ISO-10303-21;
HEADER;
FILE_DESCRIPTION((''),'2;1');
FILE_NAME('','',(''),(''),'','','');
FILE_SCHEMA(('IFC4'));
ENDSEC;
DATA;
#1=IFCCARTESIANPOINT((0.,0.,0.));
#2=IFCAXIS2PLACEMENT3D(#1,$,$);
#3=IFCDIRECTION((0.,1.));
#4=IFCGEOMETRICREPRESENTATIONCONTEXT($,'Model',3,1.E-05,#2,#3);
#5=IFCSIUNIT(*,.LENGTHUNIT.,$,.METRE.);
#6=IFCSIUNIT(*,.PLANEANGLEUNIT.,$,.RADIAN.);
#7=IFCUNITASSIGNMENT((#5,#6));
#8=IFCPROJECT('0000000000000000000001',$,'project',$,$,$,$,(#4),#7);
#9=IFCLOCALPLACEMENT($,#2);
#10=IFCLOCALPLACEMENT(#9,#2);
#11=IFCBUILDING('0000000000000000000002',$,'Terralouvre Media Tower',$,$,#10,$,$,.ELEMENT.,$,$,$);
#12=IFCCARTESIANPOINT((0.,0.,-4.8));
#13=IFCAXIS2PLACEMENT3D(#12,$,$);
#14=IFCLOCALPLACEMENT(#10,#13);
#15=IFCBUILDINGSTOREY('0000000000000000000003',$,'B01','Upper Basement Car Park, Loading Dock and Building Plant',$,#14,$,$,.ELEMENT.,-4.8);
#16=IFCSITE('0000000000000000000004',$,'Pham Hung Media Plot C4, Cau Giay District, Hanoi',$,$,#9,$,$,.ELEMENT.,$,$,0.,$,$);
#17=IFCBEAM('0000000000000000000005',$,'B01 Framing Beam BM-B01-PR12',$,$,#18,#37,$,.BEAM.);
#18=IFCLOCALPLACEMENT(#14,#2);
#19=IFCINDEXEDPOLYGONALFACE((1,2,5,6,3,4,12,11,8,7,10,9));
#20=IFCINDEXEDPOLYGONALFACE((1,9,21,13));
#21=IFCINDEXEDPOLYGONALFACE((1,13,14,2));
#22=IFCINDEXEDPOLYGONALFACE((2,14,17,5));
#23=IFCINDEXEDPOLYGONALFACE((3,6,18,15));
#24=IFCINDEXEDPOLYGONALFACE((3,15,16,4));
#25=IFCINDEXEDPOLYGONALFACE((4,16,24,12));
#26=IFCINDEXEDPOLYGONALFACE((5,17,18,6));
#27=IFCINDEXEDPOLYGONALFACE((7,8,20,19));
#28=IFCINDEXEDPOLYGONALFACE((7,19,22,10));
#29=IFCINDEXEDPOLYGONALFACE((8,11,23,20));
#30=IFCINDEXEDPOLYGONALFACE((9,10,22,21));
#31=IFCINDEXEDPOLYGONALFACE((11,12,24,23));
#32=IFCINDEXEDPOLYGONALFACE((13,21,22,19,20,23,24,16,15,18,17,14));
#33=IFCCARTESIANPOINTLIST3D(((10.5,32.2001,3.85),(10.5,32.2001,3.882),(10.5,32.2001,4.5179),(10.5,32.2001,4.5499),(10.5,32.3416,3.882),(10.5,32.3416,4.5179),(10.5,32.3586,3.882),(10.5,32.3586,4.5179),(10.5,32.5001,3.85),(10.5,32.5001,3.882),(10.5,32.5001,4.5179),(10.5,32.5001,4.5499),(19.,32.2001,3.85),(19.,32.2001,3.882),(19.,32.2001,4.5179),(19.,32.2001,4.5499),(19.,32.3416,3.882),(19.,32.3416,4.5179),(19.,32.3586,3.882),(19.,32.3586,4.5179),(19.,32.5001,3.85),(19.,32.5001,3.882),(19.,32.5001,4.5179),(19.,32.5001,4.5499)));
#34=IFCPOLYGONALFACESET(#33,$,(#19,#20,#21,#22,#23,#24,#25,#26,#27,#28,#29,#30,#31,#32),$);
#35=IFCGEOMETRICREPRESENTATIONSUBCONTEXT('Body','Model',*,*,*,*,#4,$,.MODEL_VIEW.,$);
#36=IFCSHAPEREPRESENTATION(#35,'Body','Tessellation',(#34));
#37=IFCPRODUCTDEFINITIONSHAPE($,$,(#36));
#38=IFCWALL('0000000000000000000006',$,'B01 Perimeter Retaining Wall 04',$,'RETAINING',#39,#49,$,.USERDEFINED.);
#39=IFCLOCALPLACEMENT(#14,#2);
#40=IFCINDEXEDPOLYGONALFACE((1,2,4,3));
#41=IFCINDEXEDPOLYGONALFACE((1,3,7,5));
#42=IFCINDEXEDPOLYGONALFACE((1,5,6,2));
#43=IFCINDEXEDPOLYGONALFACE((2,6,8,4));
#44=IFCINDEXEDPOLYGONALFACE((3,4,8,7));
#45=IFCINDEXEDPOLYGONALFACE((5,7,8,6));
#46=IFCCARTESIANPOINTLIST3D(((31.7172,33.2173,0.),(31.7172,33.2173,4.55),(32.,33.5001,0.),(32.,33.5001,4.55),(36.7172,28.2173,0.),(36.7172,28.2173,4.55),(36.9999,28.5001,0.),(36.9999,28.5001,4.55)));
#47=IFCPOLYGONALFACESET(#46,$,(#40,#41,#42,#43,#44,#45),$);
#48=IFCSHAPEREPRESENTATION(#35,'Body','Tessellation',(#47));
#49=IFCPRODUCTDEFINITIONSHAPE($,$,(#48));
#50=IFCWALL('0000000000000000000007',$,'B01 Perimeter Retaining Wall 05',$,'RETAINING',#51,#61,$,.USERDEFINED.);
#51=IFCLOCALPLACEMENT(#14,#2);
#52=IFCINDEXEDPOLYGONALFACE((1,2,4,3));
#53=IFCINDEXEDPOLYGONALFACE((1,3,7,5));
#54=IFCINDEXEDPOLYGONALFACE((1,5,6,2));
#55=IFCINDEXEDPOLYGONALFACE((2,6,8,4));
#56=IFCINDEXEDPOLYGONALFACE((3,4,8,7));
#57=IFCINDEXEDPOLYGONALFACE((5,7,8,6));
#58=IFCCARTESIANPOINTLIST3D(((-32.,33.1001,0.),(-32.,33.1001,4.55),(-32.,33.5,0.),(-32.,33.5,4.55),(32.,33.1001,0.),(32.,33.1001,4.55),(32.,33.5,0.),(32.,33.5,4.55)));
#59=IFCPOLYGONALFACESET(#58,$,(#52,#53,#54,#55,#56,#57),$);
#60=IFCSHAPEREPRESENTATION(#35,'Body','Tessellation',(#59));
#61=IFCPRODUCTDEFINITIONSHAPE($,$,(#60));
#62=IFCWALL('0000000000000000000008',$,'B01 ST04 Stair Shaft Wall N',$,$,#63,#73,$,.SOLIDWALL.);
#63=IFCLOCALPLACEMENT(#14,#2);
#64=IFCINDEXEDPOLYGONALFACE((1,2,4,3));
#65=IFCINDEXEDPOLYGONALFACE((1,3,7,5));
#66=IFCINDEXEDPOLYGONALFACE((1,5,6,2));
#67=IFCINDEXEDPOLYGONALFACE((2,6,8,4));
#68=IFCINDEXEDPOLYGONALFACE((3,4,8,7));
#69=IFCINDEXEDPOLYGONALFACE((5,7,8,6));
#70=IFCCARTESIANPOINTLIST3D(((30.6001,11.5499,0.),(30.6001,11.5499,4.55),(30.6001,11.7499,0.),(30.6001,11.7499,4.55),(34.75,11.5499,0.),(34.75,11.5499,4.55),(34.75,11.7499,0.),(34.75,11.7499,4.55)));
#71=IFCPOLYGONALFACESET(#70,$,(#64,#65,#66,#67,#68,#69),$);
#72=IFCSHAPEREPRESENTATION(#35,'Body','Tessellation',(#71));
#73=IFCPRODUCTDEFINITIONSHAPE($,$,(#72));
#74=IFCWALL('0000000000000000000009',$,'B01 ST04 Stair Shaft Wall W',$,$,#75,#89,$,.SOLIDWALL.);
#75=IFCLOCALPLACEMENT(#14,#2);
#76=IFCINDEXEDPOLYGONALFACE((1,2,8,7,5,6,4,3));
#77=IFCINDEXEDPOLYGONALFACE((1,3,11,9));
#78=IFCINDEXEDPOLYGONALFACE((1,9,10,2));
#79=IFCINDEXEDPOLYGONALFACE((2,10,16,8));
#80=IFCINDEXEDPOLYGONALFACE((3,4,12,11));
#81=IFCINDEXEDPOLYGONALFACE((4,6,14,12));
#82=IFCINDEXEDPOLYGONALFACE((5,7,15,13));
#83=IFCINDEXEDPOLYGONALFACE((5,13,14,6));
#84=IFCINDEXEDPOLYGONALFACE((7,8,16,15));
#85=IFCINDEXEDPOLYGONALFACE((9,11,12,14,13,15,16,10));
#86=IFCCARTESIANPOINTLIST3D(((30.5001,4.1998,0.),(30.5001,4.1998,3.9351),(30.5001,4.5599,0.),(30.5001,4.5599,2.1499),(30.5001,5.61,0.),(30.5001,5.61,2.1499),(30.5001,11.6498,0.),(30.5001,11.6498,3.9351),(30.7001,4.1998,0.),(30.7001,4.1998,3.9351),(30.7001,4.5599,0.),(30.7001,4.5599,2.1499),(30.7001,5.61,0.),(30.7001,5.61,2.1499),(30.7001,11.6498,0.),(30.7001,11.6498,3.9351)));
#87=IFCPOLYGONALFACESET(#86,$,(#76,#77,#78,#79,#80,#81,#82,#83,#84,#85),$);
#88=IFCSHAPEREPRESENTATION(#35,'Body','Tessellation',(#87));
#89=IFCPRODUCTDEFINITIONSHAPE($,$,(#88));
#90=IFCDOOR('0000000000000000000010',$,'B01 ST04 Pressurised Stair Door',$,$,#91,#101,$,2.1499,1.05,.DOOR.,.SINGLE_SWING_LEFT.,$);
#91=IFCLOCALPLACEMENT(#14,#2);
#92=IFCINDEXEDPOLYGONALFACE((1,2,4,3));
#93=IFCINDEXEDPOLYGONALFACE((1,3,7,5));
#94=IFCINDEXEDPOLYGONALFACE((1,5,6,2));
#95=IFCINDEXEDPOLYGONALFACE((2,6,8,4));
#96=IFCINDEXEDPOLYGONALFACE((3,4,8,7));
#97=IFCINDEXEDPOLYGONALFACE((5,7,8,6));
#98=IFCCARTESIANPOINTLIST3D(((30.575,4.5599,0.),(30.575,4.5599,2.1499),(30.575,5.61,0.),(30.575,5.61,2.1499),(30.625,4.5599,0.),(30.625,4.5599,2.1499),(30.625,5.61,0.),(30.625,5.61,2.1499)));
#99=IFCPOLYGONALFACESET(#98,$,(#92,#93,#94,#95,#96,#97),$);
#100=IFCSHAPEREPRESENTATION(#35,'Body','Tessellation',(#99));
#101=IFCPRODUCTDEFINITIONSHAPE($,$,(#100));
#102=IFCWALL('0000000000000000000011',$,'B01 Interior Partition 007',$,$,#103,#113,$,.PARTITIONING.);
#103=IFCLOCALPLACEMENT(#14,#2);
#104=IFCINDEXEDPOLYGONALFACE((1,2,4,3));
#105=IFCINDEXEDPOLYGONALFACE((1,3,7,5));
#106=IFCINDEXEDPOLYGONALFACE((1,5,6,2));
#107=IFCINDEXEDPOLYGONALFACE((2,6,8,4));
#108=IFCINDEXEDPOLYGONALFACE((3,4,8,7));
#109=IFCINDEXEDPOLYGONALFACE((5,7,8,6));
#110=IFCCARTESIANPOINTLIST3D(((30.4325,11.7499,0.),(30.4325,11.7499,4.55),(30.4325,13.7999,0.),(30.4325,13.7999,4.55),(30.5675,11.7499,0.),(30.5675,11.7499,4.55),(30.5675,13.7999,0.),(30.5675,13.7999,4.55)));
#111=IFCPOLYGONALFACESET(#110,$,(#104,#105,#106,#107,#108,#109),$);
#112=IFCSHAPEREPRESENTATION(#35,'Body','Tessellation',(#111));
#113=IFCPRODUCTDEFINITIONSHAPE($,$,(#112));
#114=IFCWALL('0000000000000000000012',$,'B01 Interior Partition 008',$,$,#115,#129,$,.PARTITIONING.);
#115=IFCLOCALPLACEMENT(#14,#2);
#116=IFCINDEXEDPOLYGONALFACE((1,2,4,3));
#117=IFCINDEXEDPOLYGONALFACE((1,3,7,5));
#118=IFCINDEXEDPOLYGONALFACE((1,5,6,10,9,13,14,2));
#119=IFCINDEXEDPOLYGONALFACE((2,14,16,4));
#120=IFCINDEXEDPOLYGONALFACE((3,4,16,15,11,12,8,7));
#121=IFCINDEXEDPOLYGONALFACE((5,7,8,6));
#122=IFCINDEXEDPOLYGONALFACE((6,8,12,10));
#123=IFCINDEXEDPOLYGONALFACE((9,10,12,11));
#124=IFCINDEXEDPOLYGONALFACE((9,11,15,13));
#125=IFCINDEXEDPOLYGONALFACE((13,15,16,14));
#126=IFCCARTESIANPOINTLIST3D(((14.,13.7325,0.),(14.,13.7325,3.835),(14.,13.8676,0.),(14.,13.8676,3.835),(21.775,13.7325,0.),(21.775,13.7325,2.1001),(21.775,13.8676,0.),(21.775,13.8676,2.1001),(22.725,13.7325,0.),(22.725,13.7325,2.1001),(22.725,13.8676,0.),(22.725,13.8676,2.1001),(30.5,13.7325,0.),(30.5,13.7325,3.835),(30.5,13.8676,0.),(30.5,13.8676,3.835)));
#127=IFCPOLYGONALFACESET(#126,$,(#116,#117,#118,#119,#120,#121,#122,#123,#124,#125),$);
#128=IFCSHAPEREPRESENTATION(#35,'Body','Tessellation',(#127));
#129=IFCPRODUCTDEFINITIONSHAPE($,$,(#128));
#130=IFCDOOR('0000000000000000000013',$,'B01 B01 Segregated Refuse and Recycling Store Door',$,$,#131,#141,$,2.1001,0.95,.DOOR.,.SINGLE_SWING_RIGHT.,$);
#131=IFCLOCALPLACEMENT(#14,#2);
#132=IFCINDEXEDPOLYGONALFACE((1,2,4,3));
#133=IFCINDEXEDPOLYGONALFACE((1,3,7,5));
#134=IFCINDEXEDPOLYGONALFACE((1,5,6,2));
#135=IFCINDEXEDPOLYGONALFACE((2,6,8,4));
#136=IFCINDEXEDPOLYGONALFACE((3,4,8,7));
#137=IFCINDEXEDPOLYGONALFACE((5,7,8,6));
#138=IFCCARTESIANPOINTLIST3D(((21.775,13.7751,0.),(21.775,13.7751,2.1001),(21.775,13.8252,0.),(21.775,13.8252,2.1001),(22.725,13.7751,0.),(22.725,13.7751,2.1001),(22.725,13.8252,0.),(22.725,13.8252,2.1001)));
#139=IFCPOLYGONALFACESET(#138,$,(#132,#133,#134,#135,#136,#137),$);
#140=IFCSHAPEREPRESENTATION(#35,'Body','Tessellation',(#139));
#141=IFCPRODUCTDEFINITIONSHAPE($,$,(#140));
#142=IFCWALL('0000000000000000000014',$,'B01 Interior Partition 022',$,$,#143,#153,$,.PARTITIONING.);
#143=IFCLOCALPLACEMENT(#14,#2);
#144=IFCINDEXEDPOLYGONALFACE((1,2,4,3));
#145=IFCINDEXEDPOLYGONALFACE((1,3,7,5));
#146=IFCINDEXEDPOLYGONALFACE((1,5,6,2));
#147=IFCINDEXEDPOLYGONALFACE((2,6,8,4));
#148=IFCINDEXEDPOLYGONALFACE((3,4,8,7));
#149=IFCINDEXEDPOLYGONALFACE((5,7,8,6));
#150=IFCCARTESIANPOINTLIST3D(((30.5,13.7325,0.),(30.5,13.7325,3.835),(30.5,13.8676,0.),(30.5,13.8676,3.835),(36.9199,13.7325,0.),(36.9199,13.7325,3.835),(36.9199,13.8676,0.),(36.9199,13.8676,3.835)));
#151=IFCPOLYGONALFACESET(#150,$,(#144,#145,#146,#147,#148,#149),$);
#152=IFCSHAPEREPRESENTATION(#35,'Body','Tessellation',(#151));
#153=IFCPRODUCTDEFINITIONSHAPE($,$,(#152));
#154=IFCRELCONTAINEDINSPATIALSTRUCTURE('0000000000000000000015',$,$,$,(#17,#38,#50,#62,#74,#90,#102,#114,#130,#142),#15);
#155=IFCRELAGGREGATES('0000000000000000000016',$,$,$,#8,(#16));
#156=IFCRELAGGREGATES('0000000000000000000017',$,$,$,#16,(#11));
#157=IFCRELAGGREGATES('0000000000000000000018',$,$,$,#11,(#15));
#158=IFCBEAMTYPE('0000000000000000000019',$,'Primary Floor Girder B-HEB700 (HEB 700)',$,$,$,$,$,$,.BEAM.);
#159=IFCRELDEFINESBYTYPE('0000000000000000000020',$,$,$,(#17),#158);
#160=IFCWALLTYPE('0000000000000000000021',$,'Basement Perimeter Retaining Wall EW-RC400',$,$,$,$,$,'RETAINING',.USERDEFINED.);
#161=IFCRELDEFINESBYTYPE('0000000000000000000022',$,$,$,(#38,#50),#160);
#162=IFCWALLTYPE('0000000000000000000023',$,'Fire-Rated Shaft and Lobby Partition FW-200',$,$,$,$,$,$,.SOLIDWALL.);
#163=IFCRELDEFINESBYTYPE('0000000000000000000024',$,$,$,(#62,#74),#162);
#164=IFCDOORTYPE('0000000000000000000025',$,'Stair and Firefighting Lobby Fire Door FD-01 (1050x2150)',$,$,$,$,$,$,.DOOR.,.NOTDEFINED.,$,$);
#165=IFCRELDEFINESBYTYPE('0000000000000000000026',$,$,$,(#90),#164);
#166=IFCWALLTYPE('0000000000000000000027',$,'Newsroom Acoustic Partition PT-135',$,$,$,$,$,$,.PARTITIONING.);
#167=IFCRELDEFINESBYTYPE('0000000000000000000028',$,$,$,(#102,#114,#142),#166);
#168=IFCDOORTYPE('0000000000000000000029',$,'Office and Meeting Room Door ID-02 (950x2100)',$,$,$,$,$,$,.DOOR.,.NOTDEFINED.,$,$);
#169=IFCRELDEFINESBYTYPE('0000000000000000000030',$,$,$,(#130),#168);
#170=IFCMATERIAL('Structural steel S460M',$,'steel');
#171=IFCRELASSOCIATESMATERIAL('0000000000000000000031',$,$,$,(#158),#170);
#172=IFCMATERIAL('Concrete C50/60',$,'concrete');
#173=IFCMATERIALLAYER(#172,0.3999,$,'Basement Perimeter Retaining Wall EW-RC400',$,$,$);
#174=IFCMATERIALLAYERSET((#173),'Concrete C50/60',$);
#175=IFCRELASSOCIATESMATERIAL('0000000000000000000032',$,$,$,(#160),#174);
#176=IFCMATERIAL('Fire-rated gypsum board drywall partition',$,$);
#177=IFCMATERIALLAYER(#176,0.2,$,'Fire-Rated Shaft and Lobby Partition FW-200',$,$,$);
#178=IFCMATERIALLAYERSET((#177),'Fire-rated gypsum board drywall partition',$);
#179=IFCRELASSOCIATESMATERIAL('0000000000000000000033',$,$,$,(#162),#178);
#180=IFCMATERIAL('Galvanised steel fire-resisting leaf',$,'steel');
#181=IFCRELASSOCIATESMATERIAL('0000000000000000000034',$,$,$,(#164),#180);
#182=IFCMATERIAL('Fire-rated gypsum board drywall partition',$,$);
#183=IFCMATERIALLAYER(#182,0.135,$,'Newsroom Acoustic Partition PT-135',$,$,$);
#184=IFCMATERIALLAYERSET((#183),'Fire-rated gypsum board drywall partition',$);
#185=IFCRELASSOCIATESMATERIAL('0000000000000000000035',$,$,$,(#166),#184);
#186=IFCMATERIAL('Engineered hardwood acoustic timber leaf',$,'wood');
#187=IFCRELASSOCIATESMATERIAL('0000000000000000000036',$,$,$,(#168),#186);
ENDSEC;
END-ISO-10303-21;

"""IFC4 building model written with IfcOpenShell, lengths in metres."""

from ifc_helpers import new_model, si_unit, direction, frame, frame_2d, origin, origin_2d, place, context, subcontext, project, spatial, rectangle, i_section, extrude, material, layer, layer_set, material_profile, profile_set, type_object, element, fill, save


model = new_model("IFC4")

# Units and contexts
model_context = context("Model", 3, precision=1e-05, world=origin(), true_north=direction((0.0, 1.0)))
body_context = subcontext(model_context, "Body", "Model", "MODEL_VIEW")
ifc_project = project(units=[si_unit("LENGTHUNIT", "METRE"), si_unit("PLANEANGLEUNIT", "RADIAN")], contexts=[model_context])

# Site, building, storey
site_placement = place(None, origin())
site = spatial("IfcSite", under=ifc_project, at=site_placement, Name="Pham Hung Media Plot C4, Cau Giay District, Hanoi", CompositionType="ELEMENT", RefElevation=0.0)
building_placement = place(site_placement, origin())
building = spatial("IfcBuilding", under=site, at=building_placement, Name="Terralouvre Media Tower", CompositionType="ELEMENT")
storey_placement = place(building_placement, frame((0.0, 0.0, -4.8)))
storey = spatial("IfcBuildingStorey", under=building, at=storey_placement, Name="B01", Description="Upper Basement Car Park, Loading Dock and Building Plant", CompositionType="ELEMENT", Elevation=-4.8)

# Beam
ifc_material_1 = material(Name="Structural steel S460M", Category="steel")
ifc_material_profile_1 = material_profile(ifc_material_1, i_section(OverallWidth=0.3, OverallDepth=0.7, WebThickness=0.0171, FlangeThickness=0.032, at=origin_2d()), Name="HEB 700")
ifc_profile_set_1 = profile_set([ifc_material_profile_1], Name="Structural steel S460M")
beam_type_1 = type_object("IfcBeamType", Name="Primary Floor Girder B-HEB700 (HEB 700)", PredefinedType="BEAM", material=ifc_profile_set_1)
beam_1_placement = place(storey_placement, frame((19.0, 32.3501, 4.2), z_axis=(-1.0, 0.0, 0.0), x_axis=(0.0, -1.0, 0.0)))
element("IfcBeam", 1, at=beam_1_placement, inside=storey, type_object=beam_type_1, Name="B01 Framing Beam BM-B01-PR12", PredefinedType="BEAM", context=body_context, shape_type="SweptSolid", body=[
    extrude(i_section(OverallWidth=0.3, OverallDepth=0.7, WebThickness=0.0171, FlangeThickness=0.032, at=origin_2d()), origin(), (0.0, 0.0, 1.0), 8.5),
])

# Walls
ifc_material_2 = material(Name="Concrete C50/60", Category="concrete")
ifc_layer_1 = layer(ifc_material_2, 0.3999, Name="Basement Perimeter Retaining Wall EW-RC400")
ifc_layer_set_1 = layer_set([ifc_layer_1], Name="Concrete C50/60")
wall_type_1 = type_object("IfcWallType", Name="Basement Perimeter Retaining Wall EW-RC400", ElementType="RETAINING", PredefinedType="USERDEFINED", material=ifc_layer_set_1)
wall_1_placement = place(storey_placement, frame((36.8586, 28.3586, 0.0), z_axis=(0.0, 0.0, 1.0), x_axis=(-0.707107, 0.707107, 0.0)))
element("IfcWall", 2, at=wall_1_placement, inside=storey, type_object=wall_type_1, Name="B01 Perimeter Retaining Wall 04", ObjectType="RETAINING", PredefinedType="USERDEFINED", context=body_context, shape_type="SweptSolid", body=[
    extrude(rectangle(XDim=7.071, YDim=0.3999, at=frame_2d((3.5356, 0.0))), origin(), (0.0, 0.0, 1.0), 4.55),
])
wall_2_placement = place(storey_placement, frame((32.0, 33.3, 0.0), z_axis=(0.0, 0.0, 1.0), x_axis=(-1.0, 0.0, 0.0)))
element("IfcWall", 3, at=wall_2_placement, inside=storey, type_object=wall_type_1, Name="B01 Perimeter Retaining Wall 05", ObjectType="RETAINING", PredefinedType="USERDEFINED", context=body_context, shape_type="SweptSolid", body=[
    extrude(rectangle(XDim=64.0, YDim=0.3999, at=frame_2d((32.0, 0.0))), origin(), (0.0, 0.0, 1.0), 4.55),
])
ifc_material_3 = material(Name="Fire-rated gypsum board drywall partition")
ifc_layer_2 = layer(ifc_material_3, 0.2, Name="Fire-Rated Shaft and Lobby Partition FW-200")
ifc_layer_set_2 = layer_set([ifc_layer_2], Name="Fire-rated gypsum board drywall partition")
wall_type_2 = type_object("IfcWallType", Name="Fire-Rated Shaft and Lobby Partition FW-200", PredefinedType="SOLIDWALL", material=ifc_layer_set_2)
wall_3_placement = place(storey_placement, frame((34.75, 11.6499, 0.0), z_axis=(0.0, 0.0, 1.0), x_axis=(-1.0, 0.0, 0.0)))
element("IfcWall", 4, at=wall_3_placement, inside=storey, type_object=wall_type_2, Name="B01 ST04 Stair Shaft Wall N", PredefinedType="SOLIDWALL", context=body_context, shape_type="SweptSolid", body=[
    extrude(rectangle(XDim=4.1499, YDim=0.2, at=frame_2d((2.075, 0.0))), origin(), (0.0, 0.0, 1.0), 4.55),
])

# Wall, opening, door
wall_4_placement = place(storey_placement, frame((30.6001, 11.6499, 0.0), z_axis=(0.0, 0.0, 1.0), x_axis=(0.0, -1.0, 0.0)))
wall_4 = element("IfcWall", 5, at=wall_4_placement, inside=storey, type_object=wall_type_2, Name="B01 ST04 Stair Shaft Wall W", PredefinedType="SOLIDWALL", context=body_context, shape_type="SweptSolid", body=[
    extrude(rectangle(XDim=7.45, YDim=0.2, at=frame_2d((3.7251, 0.0))), origin(), (0.0, 0.0, 1.0), 3.9351),
])
opening_1_placement = place(wall_4_placement, frame((6.04, 0.0, 0.0)))
opening_1 = element("IfcOpeningElement", 6, at=opening_1_placement, cuts=wall_4, PredefinedType="OPENING", context=body_context, shape_type="SweptSolid", body=[
    extrude(rectangle(XDim=1.05, YDim=2.1499, at=frame_2d((0.5249, 1.075))), frame((0.0, 0.1099, 0.0), z_axis=(0.0, -1.0, 0.0), x_axis=(1.0, 0.0, 0.0)), (0.0, 0.0, 1.0), 0.22),
])
ifc_material_4 = material(Name="Galvanised steel fire-resisting leaf", Category="steel")
door_type_1 = type_object("IfcDoorType", Name="Stair and Firefighting Lobby Fire Door FD-01 (1050x2150)", OperationType="NOTDEFINED", PredefinedType="DOOR", material=ifc_material_4)
door_1_placement = place(opening_1_placement, origin())
door_1 = element("IfcDoor", 7, at=door_1_placement, inside=storey, type_object=door_type_1, Name="B01 ST04 Pressurised Stair Door", OperationType="SINGLE_SWING_LEFT", OverallHeight=2.1499, OverallWidth=1.05, PredefinedType="DOOR", context=body_context, shape_type="SweptSolid", body=[
    extrude(rectangle(XDim=1.05, YDim=2.1499, at=frame_2d((0.5249, 1.075))), frame((0.0, 0.0249, 0.0), z_axis=(0.0, -1.0, 0.0), x_axis=(1.0, 0.0, 0.0)), (0.0, 0.0, 1.0), 0.05),
])
fill(opening_1, door_1)

# Wall
ifc_material_5 = material(Name="Fire-rated gypsum board drywall partition")
ifc_layer_3 = layer(ifc_material_5, 0.135, Name="Newsroom Acoustic Partition PT-135")
ifc_layer_set_3 = layer_set([ifc_layer_3], Name="Fire-rated gypsum board drywall partition")
wall_type_3 = type_object("IfcWallType", Name="Newsroom Acoustic Partition PT-135", PredefinedType="PARTITIONING", material=ifc_layer_set_3)
wall_5_placement = place(storey_placement, frame((30.5, 11.75, 0.0), z_axis=(0.0, 0.0, 1.0), x_axis=(0.0, 1.0, 0.0)))
element("IfcWall", 8, at=wall_5_placement, inside=storey, type_object=wall_type_3, Name="B01 Interior Partition 007", PredefinedType="PARTITIONING", context=body_context, shape_type="SweptSolid", body=[
    extrude(rectangle(XDim=2.05, YDim=0.135, at=frame_2d((1.0249, 0.0))), origin(), (0.0, 0.0, 1.0), 4.55),
])

# Wall, opening, door
wall_6_placement = place(storey_placement, frame((30.5, 13.8, 0.0), z_axis=(0.0, 0.0, 1.0), x_axis=(-1.0, 0.0, 0.0)))
wall_6 = element("IfcWall", 9, at=wall_6_placement, inside=storey, type_object=wall_type_3, Name="B01 Interior Partition 008", PredefinedType="PARTITIONING", context=body_context, shape_type="SweptSolid", body=[
    extrude(rectangle(XDim=16.5, YDim=0.135, at=frame_2d((8.25, 0.0))), origin(), (0.0, 0.0, 1.0), 3.835),
])
opening_2_placement = place(wall_6_placement, frame((7.7749, 0.0, 0.0)))
opening_2 = element("IfcOpeningElement", 10, at=opening_2_placement, cuts=wall_6, PredefinedType="OPENING", context=body_context, shape_type="SweptSolid", body=[
    extrude(rectangle(XDim=0.95, YDim=2.1001, at=frame_2d((0.4751, 1.05))), frame((0.0, 0.0774, 0.0), z_axis=(0.0, -1.0, 0.0), x_axis=(1.0, 0.0, 0.0)), (0.0, 0.0, 1.0), 0.155),
])
ifc_material_6 = material(Name="Engineered hardwood acoustic timber leaf", Category="wood")
door_type_2 = type_object("IfcDoorType", Name="Office and Meeting Room Door ID-02 (950x2100)", OperationType="NOTDEFINED", PredefinedType="DOOR", material=ifc_material_6)
door_2_placement = place(opening_2_placement, origin())
door_2 = element("IfcDoor", 11, at=door_2_placement, inside=storey, type_object=door_type_2, Name="B01 B01 Segregated Refuse and Recycling Store Door", OperationType="SINGLE_SWING_RIGHT", OverallHeight=2.1001, OverallWidth=0.95, PredefinedType="DOOR", context=body_context, shape_type="SweptSolid", body=[
    extrude(rectangle(XDim=0.95, YDim=2.1001, at=frame_2d((0.4751, 1.05))), frame((0.0, 0.0249, 0.0), z_axis=(0.0, -1.0, 0.0), x_axis=(1.0, 0.0, 0.0)), (0.0, 0.0, 1.0), 0.05),
])
fill(opening_2, door_2)

# Wall
wall_7_placement = place(storey_placement, frame((36.9199, 13.8, 0.0), z_axis=(0.0, 0.0, 1.0), x_axis=(-1.0, 0.0, 0.0)))
element("IfcWall", 12, at=wall_7_placement, inside=storey, type_object=wall_type_3, Name="B01 Interior Partition 022", PredefinedType="PARTITIONING", context=body_context, shape_type="SweptSolid", body=[
    extrude(rectangle(XDim=6.4199, YDim=0.135, at=frame_2d((3.21, 0.0))), origin(), (0.0, 0.0, 1.0), 3.835),
])

save(model, "model.ifc")
